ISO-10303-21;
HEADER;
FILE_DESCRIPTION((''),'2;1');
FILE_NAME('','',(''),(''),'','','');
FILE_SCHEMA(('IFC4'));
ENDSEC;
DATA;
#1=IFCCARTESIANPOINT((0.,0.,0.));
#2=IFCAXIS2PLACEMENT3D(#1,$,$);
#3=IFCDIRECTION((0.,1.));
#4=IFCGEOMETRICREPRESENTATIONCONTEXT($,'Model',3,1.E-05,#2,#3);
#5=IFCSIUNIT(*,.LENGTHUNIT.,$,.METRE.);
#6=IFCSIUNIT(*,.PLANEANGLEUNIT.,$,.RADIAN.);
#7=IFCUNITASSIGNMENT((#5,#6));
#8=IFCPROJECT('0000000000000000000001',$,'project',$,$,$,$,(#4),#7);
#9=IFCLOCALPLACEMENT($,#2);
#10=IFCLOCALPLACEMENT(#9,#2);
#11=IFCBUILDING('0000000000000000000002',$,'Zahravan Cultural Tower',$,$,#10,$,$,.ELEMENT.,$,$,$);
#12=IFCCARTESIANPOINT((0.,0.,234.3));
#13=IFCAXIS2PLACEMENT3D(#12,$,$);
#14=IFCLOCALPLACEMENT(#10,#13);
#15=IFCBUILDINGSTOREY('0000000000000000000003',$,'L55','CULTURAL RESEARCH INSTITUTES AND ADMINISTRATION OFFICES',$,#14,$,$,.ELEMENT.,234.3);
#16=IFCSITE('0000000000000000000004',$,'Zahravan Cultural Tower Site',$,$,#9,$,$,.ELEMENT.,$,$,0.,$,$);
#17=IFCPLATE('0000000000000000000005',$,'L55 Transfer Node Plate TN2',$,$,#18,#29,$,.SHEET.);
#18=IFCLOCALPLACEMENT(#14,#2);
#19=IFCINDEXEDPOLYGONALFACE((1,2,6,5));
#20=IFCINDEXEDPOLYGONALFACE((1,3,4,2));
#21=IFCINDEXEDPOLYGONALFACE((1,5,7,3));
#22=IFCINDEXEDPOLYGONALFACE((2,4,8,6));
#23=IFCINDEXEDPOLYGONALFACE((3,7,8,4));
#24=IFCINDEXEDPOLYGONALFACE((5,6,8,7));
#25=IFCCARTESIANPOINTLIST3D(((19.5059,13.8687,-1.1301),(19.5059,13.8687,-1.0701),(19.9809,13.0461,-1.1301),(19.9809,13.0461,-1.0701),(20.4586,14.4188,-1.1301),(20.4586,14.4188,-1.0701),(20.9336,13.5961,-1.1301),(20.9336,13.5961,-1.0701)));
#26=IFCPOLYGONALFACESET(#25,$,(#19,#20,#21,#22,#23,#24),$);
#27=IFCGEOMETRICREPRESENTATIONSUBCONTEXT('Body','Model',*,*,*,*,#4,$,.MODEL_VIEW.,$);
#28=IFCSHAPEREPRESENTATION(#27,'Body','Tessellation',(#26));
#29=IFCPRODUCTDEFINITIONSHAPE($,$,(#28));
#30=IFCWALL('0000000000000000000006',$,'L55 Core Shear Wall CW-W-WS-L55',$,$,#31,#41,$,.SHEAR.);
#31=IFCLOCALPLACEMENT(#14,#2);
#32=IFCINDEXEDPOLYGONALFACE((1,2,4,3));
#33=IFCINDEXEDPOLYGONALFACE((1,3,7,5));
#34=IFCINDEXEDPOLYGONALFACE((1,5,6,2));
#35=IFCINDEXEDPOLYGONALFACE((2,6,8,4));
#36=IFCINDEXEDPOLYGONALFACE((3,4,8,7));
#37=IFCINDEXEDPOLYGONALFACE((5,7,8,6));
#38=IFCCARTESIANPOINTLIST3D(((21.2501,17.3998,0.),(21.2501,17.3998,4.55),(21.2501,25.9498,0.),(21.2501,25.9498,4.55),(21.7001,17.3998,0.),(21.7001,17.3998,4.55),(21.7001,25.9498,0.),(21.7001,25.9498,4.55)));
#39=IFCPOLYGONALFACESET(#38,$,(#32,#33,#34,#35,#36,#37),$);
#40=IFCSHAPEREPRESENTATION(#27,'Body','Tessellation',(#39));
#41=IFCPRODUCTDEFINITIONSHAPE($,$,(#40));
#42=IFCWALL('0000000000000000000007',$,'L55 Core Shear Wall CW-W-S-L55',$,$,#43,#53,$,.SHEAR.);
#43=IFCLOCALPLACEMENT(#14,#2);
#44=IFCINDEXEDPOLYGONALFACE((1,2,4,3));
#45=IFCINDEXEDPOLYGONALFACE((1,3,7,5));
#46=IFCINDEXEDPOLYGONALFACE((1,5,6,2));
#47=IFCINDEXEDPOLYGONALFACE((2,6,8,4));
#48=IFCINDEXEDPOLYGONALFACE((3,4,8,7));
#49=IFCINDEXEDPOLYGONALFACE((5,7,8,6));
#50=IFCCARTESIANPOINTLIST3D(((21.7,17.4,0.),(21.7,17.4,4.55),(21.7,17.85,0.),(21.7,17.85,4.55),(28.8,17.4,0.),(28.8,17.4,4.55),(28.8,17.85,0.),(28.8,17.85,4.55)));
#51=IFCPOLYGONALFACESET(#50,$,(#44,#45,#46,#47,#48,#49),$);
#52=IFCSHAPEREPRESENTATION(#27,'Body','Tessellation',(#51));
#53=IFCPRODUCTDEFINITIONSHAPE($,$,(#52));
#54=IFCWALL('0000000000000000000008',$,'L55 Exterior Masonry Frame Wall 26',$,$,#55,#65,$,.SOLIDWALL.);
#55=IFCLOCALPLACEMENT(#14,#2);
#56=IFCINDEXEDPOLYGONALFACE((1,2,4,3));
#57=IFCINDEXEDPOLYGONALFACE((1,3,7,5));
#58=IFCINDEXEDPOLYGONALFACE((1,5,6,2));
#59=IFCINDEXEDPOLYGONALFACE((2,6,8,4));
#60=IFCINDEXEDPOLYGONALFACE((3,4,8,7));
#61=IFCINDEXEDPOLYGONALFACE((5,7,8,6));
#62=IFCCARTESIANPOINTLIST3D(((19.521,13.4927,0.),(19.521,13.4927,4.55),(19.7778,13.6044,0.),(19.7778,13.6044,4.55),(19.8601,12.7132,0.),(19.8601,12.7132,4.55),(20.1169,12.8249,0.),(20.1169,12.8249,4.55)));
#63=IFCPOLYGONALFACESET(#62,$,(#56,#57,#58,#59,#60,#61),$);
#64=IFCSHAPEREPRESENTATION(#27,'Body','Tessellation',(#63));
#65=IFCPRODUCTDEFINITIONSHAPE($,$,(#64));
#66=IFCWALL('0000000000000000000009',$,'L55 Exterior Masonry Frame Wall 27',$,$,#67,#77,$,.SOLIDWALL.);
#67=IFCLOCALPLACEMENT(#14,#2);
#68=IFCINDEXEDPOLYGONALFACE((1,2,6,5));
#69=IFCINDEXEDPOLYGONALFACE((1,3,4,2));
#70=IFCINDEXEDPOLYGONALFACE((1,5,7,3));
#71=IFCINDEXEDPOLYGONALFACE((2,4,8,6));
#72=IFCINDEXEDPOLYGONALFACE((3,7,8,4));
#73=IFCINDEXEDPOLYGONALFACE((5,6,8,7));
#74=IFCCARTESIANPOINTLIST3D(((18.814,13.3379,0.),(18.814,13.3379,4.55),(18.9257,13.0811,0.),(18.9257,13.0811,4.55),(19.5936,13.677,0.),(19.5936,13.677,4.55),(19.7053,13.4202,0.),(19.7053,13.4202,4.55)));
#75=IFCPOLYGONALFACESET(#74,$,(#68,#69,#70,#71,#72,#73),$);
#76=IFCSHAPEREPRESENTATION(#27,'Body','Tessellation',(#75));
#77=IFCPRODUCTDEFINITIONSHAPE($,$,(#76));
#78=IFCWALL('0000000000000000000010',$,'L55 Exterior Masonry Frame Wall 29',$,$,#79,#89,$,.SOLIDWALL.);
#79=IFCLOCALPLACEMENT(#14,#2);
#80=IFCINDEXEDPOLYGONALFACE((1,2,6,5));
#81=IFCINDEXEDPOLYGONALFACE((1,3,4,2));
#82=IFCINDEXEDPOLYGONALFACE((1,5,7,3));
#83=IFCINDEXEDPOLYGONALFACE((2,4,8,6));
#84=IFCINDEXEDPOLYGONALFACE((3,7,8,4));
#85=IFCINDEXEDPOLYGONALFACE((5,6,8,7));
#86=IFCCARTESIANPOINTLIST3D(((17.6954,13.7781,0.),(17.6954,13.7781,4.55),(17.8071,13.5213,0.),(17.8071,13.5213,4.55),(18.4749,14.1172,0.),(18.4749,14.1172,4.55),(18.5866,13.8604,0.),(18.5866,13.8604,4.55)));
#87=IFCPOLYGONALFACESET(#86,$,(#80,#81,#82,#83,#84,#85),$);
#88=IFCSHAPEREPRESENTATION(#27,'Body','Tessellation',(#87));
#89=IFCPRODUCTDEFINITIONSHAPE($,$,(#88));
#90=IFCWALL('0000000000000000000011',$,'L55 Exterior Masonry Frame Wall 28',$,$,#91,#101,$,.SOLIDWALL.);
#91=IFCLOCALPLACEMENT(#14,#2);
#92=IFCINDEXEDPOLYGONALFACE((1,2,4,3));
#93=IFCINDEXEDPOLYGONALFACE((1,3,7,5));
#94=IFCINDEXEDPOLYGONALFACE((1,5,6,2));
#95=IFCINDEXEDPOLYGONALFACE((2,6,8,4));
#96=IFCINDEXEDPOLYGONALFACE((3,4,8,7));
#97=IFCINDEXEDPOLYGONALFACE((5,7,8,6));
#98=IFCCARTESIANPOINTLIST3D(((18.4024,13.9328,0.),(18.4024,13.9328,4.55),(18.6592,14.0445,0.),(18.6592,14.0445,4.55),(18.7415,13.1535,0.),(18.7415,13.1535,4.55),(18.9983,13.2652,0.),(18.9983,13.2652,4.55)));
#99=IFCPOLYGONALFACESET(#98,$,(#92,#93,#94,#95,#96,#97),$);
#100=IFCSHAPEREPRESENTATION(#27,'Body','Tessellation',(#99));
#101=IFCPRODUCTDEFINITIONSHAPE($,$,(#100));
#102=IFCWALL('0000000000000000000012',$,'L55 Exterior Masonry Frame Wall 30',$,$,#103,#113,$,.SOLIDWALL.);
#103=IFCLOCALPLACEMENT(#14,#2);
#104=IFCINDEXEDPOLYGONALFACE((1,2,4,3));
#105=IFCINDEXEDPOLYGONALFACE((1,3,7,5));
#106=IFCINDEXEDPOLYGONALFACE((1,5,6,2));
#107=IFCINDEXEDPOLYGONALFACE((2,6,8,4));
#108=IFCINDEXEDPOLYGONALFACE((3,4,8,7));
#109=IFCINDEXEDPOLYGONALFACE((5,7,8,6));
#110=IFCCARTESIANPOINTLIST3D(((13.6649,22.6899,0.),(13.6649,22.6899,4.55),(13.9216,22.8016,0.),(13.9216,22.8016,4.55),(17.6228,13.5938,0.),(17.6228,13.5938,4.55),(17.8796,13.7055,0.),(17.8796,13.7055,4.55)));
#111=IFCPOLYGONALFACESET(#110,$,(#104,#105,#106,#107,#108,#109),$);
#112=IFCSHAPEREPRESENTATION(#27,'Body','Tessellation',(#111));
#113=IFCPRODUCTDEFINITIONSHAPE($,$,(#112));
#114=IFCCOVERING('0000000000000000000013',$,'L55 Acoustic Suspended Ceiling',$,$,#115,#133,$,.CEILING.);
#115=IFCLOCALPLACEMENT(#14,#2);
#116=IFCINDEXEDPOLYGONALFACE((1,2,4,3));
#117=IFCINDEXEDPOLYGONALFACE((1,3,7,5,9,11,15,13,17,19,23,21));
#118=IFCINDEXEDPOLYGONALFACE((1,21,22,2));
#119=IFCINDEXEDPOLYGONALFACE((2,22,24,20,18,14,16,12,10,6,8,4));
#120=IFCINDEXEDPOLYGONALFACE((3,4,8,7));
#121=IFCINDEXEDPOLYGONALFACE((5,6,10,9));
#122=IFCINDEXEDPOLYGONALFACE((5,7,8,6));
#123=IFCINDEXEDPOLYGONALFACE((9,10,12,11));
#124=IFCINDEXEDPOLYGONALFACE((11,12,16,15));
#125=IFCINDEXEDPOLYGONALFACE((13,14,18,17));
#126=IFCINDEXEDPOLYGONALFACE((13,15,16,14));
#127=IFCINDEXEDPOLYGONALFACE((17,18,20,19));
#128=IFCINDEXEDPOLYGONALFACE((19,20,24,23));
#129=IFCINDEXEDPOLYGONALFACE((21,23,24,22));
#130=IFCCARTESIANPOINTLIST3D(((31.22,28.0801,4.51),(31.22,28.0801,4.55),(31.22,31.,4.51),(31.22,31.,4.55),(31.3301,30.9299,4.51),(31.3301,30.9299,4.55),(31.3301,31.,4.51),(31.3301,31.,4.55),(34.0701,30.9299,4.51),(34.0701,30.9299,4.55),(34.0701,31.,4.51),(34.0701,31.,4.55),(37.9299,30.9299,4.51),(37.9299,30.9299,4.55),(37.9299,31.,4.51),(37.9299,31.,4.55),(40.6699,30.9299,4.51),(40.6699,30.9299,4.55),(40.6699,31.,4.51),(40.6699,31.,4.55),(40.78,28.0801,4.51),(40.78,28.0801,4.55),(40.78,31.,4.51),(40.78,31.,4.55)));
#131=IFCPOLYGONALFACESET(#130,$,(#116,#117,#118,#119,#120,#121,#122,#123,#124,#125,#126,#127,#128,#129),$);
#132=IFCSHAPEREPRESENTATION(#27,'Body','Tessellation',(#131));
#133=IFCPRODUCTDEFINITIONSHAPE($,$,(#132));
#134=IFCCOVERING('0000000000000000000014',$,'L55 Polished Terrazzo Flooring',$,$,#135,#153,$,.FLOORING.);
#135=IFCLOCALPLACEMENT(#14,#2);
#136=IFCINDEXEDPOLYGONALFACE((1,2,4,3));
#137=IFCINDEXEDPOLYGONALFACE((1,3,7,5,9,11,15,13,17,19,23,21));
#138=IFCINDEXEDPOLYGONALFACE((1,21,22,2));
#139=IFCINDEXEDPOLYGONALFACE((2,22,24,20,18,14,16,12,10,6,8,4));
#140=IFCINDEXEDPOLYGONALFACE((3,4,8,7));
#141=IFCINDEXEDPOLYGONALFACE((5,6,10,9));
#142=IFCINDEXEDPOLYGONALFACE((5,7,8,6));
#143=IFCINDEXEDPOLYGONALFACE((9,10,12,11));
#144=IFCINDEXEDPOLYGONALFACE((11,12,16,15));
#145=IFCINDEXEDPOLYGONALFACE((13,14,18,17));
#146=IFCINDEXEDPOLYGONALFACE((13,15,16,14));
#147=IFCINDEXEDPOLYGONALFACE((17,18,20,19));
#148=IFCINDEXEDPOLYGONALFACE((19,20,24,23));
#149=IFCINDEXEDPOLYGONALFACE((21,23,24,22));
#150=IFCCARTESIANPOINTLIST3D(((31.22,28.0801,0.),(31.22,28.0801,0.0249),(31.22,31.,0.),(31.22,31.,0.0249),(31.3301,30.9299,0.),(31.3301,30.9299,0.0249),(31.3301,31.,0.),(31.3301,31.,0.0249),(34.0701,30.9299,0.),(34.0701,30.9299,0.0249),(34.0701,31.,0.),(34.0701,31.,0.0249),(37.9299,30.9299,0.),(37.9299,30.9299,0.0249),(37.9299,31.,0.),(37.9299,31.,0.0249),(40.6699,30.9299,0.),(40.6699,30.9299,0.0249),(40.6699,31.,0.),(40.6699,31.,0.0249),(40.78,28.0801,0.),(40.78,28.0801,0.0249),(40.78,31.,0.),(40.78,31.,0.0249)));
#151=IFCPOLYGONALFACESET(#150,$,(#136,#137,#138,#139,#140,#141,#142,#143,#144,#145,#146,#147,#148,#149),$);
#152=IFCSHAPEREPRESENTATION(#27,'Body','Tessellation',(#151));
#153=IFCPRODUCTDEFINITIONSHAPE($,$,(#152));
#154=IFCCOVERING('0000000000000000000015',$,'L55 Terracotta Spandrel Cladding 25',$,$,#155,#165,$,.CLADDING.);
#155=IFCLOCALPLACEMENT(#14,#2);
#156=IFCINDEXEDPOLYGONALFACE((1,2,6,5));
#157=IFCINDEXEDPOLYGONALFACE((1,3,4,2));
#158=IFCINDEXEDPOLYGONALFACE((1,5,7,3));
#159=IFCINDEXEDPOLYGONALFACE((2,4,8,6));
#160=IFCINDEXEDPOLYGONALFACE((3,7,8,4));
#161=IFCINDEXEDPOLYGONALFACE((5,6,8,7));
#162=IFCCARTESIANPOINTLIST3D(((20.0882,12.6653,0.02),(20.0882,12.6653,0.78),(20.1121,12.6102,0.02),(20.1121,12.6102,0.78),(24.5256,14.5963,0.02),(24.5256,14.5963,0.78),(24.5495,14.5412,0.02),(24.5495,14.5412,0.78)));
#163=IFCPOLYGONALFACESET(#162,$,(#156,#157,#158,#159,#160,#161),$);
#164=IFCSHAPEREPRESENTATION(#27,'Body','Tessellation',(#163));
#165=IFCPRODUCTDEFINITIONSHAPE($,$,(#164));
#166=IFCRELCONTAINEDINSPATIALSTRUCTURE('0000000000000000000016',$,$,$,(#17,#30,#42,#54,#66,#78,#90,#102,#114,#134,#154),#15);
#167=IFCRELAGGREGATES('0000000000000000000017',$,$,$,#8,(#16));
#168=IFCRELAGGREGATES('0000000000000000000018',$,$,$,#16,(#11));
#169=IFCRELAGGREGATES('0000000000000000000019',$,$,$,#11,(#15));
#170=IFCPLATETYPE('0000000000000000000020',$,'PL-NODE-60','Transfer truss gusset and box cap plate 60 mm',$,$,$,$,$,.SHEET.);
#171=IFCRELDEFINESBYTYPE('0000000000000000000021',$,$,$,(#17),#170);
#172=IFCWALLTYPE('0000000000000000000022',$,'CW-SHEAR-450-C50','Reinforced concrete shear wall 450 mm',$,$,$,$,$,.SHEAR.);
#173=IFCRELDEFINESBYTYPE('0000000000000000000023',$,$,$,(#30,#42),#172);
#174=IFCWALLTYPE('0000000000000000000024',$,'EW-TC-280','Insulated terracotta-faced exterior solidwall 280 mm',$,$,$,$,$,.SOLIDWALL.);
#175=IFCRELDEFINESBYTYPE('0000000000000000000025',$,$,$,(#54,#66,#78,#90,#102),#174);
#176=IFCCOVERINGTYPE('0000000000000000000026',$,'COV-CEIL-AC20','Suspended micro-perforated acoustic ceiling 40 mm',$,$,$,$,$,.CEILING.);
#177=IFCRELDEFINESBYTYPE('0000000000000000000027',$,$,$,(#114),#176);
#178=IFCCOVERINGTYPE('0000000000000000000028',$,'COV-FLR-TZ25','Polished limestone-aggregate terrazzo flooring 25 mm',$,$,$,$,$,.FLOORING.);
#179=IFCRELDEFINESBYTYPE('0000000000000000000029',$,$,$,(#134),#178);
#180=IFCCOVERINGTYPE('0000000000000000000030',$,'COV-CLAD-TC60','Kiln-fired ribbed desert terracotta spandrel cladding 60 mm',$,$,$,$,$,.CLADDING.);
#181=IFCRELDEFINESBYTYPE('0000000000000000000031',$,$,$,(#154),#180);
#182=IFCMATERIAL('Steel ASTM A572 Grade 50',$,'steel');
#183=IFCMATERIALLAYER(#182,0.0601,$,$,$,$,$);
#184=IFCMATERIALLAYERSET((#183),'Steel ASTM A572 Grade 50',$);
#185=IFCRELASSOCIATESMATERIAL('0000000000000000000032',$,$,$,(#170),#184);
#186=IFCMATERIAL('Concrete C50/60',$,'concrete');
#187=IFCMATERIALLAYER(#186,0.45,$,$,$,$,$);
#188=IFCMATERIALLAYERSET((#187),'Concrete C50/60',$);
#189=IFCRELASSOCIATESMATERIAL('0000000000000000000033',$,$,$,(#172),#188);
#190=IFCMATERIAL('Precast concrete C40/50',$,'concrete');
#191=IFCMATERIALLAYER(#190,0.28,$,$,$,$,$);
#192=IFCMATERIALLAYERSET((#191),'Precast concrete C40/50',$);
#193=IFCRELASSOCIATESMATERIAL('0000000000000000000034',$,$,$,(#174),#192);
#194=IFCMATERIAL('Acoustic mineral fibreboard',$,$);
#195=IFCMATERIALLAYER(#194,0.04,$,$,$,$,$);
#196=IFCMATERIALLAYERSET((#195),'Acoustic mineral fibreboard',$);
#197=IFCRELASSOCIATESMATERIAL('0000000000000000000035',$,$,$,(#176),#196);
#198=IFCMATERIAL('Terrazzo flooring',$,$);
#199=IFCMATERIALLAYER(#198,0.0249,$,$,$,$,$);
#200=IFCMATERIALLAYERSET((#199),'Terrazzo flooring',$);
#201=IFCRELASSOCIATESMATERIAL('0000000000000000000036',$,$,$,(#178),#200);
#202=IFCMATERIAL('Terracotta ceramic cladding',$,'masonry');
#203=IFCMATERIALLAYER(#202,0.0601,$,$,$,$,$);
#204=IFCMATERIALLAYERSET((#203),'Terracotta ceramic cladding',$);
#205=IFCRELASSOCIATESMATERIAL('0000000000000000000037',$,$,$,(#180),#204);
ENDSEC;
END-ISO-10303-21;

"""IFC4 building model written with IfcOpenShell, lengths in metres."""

from ifc_helpers import new_model, si_unit, direction, frame, frame_2d, origin, origin_2d, place, context, subcontext, project, spatial, polyline, rectangle, outline, extrude, source, transform, mapped, material, layer, layer_set, type_object, element, save


model = new_model("IFC4")

# Units and contexts
model_context = context("Model", 3, precision=1e-05, world=origin(), true_north=direction((0.0, 1.0)))
body_context = subcontext(model_context, "Body", "Model", "MODEL_VIEW")
ifc_project = project(units=[si_unit("LENGTHUNIT", "METRE"), si_unit("PLANEANGLEUNIT", "RADIAN")], contexts=[model_context])

# Site, building, storey
site_placement = place(None, origin())
site = spatial("IfcSite", under=ifc_project, at=site_placement, Name="Zahravan Cultural Tower Site", CompositionType="ELEMENT", RefElevation=0.0)
building_placement = place(site_placement, origin())
building = spatial("IfcBuilding", under=site, at=building_placement, Name="Zahravan Cultural Tower", CompositionType="ELEMENT")
storey_placement = place(building_placement, frame((0.0, 0.0, 234.3)))
storey = spatial("IfcBuildingStorey", under=building, at=storey_placement, Name="L55", Description="CULTURAL RESEARCH INSTITUTES AND ADMINISTRATION OFFICES", CompositionType="ELEMENT", Elevation=234.3)

# Shared definitions
ifc_material_1 = material(Name="Concrete C50/60", Category="concrete")

# Shared definitions
ifc_material_2 = material(Name="Steel ASTM A572 Grade 50", Category="steel")

# Plate
ifc_layer_1 = layer(ifc_material_2, 0.0601)
ifc_layer_set_1 = layer_set([ifc_layer_1], Name="Steel ASTM A572 Grade 50")
plate_type = type_object("IfcPlateType", Name="PL-NODE-60", Description="Transfer truss gusset and box cap plate 60 mm", PredefinedType="SHEET", material=ifc_layer_set_1)
shared_shape_1 = source(origin(), body_context, "Body", "SweptSolid", [
    extrude(rectangle(XDim=1.1001, YDim=0.95, at=origin_2d()), origin(), (0.0, 0.0, 1.0), 0.0601),
])
plate_placement = place(storey_placement, frame((20.2197, 13.7324, -1.1301), z_axis=(0.0, 0.0, 1.0), x_axis=(0.866025, 0.5, 0.0)))
element("IfcPlate", 1, at=plate_placement, inside=storey, type_object=plate_type, Name="L55 Transfer Node Plate TN2", PredefinedType="SHEET", context=body_context, shape_type="MappedRepresentation", body=[
    mapped(shared_shape_1, transform((0.0, 0.0, 0.0), x_axis=(1.0, 0.0, 0.0), y_axis=(0.0, 1.0, 0.0), z_axis=(0.0, 0.0, 1.0), scale=1.0)),
])

# Walls
ifc_layer_2 = layer(ifc_material_1, 0.45)
ifc_layer_set_2 = layer_set([ifc_layer_2], Name="Concrete C50/60")
wall_type_1 = type_object("IfcWallType", Name="CW-SHEAR-450-C50", Description="Reinforced concrete shear wall 450 mm", PredefinedType="SHEAR", material=ifc_layer_set_2)
shared_shape_2 = source(origin(), body_context, "Body", "SweptSolid", [
    extrude(rectangle(XDim=8.55, YDim=0.45, at=frame_2d((4.2749, 0.0))), origin(), (0.0, 0.0, 1.0), 4.55),
])
wall_1_placement = place(storey_placement, frame((21.4751, 17.3999, 0.0), z_axis=(0.0, 0.0, 1.0), x_axis=(0.0, 1.0, 0.0)))
element("IfcWall", 2, at=wall_1_placement, inside=storey, type_object=wall_type_1, Name="L55 Core Shear Wall CW-W-WS-L55", PredefinedType="SHEAR", context=body_context, shape_type="MappedRepresentation", body=[
    mapped(shared_shape_2, transform((0.0, 0.0, 0.0), x_axis=(1.0, 0.0, 0.0), y_axis=(0.0, 1.0, 0.0), z_axis=(0.0, 0.0, 1.0), scale=1.0)),
])
shared_shape_3 = source(origin(), body_context, "Body", "SweptSolid", [
    extrude(rectangle(XDim=7.1001, YDim=0.45, at=frame_2d((3.55, 0.0))), origin(), (0.0, 0.0, 1.0), 4.55),
])
wall_2_placement = place(storey_placement, frame((21.7, 17.625, 0.0), z_axis=(0.0, 0.0, 1.0), x_axis=(1.0, 0.0, 0.0)))
element("IfcWall", 3, at=wall_2_placement, inside=storey, type_object=wall_type_1, Name="L55 Core Shear Wall CW-W-S-L55", PredefinedType="SHEAR", context=body_context, shape_type="MappedRepresentation", body=[
    mapped(shared_shape_3, transform((0.0, 0.0, 0.0), x_axis=(1.0, 0.0, 0.0), y_axis=(0.0, 1.0, 0.0), z_axis=(0.0, 0.0, 1.0), scale=1.0)),
])
ifc_material_3 = material(Name="Precast concrete C40/50", Category="concrete")
ifc_layer_3 = layer(ifc_material_3, 0.28)
ifc_layer_set_3 = layer_set([ifc_layer_3], Name="Precast concrete C40/50")
wall_type_2 = type_object("IfcWallType", Name="EW-TC-280", Description="Insulated terracotta-faced exterior solidwall 280 mm", PredefinedType="SOLIDWALL", material=ifc_layer_set_3)
shared_shape_4 = source(origin(), body_context, "Body", "SweptSolid", [
    extrude(rectangle(XDim=0.8501, YDim=0.28, at=frame_2d((0.425, 0.0))), origin(), (0.0, 0.0, 1.0), 4.55),
])
for number, where, z_axis, x_axis, name in (
    (4, (19.9885, 12.769, 0.0), (0.0, 0.0, 1.0), (-0.398905, 0.916992, 0.0), "L55 Exterior Masonry Frame Wall 26"),
    (5, (19.6494, 13.5486, 0.0), (0.0, 0.0, 1.0), (-0.916992, -0.398905, 0.0), "L55 Exterior Masonry Frame Wall 27"),
    (6, (18.5308, 13.9888, 0.0), (0.0, 0.0, 1.0), (-0.916992, -0.398905, 0.0), "L55 Exterior Masonry Frame Wall 29"),
):
    element("IfcWall", number, at=place(storey_placement, frame(where, z_axis=z_axis, x_axis=x_axis)), inside=storey, type_object=wall_type_2, Name=name, PredefinedType="SOLIDWALL", context=body_context, shape_type="MappedRepresentation", body=[
        mapped(shared_shape_4, transform((0.0, 0.0, 0.0), x_axis=(1.0, 0.0, 0.0), y_axis=(0.0, 1.0, 0.0), z_axis=(0.0, 0.0, 1.0), scale=1.0)),
    ])
shared_shape_5 = source(origin(), body_context, "Body", "SweptSolid", [
    extrude(rectangle(XDim=0.8499, YDim=0.28, at=frame_2d((0.4248, 0.0))), origin(), (0.0, 0.0, 1.0), 4.55),
])
wall_3_placement = place(storey_placement, frame((18.8699, 13.2095, 0.0), z_axis=(0.0, 0.0, 1.0), x_axis=(-0.39901, 0.916947, 0.0)))
element("IfcWall", 7, at=wall_3_placement, inside=storey, type_object=wall_type_2, Name="L55 Exterior Masonry Frame Wall 28", PredefinedType="SOLIDWALL", context=body_context, shape_type="MappedRepresentation", body=[
    mapped(shared_shape_5, transform((0.0, 0.0, 0.0), x_axis=(1.0, 0.0, 0.0), y_axis=(0.0, 1.0, 0.0), z_axis=(0.0, 0.0, 1.0), scale=1.0)),
])
shared_shape_6 = source(origin(), body_context, "Body", "SweptSolid", [
    extrude(rectangle(XDim=9.9199, YDim=0.28, at=frame_2d((4.96, 0.0))), origin(), (0.0, 0.0, 1.0), 4.55),
])
wall_4_placement = place(storey_placement, frame((17.7512, 13.6497, 0.0), z_axis=(0.0, 0.0, 1.0), x_axis=(-0.398992, 0.916954, 0.0)))
element("IfcWall", 8, at=wall_4_placement, inside=storey, type_object=wall_type_2, Name="L55 Exterior Masonry Frame Wall 30", PredefinedType="SOLIDWALL", context=body_context, shape_type="MappedRepresentation", body=[
    mapped(shared_shape_6, transform((0.0, 0.0, 0.0), x_axis=(1.0, 0.0, 0.0), y_axis=(0.0, 1.0, 0.0), z_axis=(0.0, 0.0, 1.0), scale=1.0)),
])

# Coverings
ifc_material_4 = material(Name="Acoustic mineral fibreboard")
ifc_layer_4 = layer(ifc_material_4, 0.04)
ifc_layer_set_4 = layer_set([ifc_layer_4], Name="Acoustic mineral fibreboard")
covering_type_1 = type_object("IfcCoveringType", Name="COV-CEIL-AC20", Description="Suspended micro-perforated acoustic ceiling 40 mm", PredefinedType="CEILING", material=ifc_layer_set_4)
covering_1_placement = place(storey_placement, frame((0.0, 0.0, 4.51)))
element("IfcCovering", 9, at=covering_1_placement, inside=storey, type_object=covering_type_1, Name="L55 Acoustic Suspended Ceiling", PredefinedType="CEILING", context=body_context, shape_type="SweptSolid", body=[
    extrude(outline(polyline([(31.22, 31.0), (31.22, 28.0801), (40.78, 28.0801), (40.78, 31.0), (40.6699, 31.0), (40.6699, 30.9299), (37.9299, 30.9299), (37.9299, 31.0), (34.0701, 31.0), (34.0701, 30.9299), (31.3301, 30.9299), (31.3301, 31.0), (31.22, 31.0)])), origin(), (0.0, 0.0, 1.0), 0.04),
])
ifc_material_5 = material(Name="Terrazzo flooring")
ifc_layer_5 = layer(ifc_material_5, 0.0249)
ifc_layer_set_5 = layer_set([ifc_layer_5], Name="Terrazzo flooring")
covering_type_2 = type_object("IfcCoveringType", Name="COV-FLR-TZ25", Description="Polished limestone-aggregate terrazzo flooring 25 mm", PredefinedType="FLOORING", material=ifc_layer_set_5)
covering_2_placement = place(storey_placement, origin())
element("IfcCovering", 10, at=covering_2_placement, inside=storey, type_object=covering_type_2, Name="L55 Polished Terrazzo Flooring", PredefinedType="FLOORING", context=body_context, shape_type="SweptSolid", body=[
    extrude(outline(polyline([(31.22, 31.0), (31.22, 28.0801), (40.78, 28.0801), (40.78, 31.0), (40.6699, 31.0), (40.6699, 30.9299), (37.9299, 30.9299), (37.9299, 31.0), (34.0701, 31.0), (34.0701, 30.9299), (31.3301, 30.9299), (31.3301, 31.0), (31.22, 31.0)])), origin(), (0.0, 0.0, 1.0), 0.0249),
])
ifc_material_6 = material(Name="Terracotta ceramic cladding", Category="masonry")
ifc_layer_6 = layer(ifc_material_6, 0.0601)
ifc_layer_set_6 = layer_set([ifc_layer_6], Name="Terracotta ceramic cladding")
covering_type_3 = type_object("IfcCoveringType", Name="COV-CLAD-TC60", Description="Kiln-fired ribbed desert terracotta spandrel cladding 60 mm", PredefinedType="CLADDING", material=ifc_layer_set_6)
shared_shape_7 = source(origin(), body_context, "Body", "SweptSolid", [
    extrude(rectangle(XDim=4.8394, YDim=0.0601, at=origin_2d()), origin(), (0.0, 0.0, 1.0), 0.76),
])
covering_3_placement = place(storey_placement, frame((22.3188, 13.6033, 0.02), z_axis=(0.0, 0.0, 1.0), x_axis=(-0.916942, -0.399021, 0.0)))
element("IfcCovering", 11, at=covering_3_placement, inside=storey, type_object=covering_type_3, Name="L55 Terracotta Spandrel Cladding 25", PredefinedType="CLADDING", context=body_context, shape_type="MappedRepresentation", body=[
    mapped(shared_shape_7, transform((0.0, 0.0, 0.0), x_axis=(1.0, 0.0, 0.0), y_axis=(0.0, 1.0, 0.0), z_axis=(0.0, 0.0, 1.0), scale=1.0)),
])

save(model, "model.ifc")
